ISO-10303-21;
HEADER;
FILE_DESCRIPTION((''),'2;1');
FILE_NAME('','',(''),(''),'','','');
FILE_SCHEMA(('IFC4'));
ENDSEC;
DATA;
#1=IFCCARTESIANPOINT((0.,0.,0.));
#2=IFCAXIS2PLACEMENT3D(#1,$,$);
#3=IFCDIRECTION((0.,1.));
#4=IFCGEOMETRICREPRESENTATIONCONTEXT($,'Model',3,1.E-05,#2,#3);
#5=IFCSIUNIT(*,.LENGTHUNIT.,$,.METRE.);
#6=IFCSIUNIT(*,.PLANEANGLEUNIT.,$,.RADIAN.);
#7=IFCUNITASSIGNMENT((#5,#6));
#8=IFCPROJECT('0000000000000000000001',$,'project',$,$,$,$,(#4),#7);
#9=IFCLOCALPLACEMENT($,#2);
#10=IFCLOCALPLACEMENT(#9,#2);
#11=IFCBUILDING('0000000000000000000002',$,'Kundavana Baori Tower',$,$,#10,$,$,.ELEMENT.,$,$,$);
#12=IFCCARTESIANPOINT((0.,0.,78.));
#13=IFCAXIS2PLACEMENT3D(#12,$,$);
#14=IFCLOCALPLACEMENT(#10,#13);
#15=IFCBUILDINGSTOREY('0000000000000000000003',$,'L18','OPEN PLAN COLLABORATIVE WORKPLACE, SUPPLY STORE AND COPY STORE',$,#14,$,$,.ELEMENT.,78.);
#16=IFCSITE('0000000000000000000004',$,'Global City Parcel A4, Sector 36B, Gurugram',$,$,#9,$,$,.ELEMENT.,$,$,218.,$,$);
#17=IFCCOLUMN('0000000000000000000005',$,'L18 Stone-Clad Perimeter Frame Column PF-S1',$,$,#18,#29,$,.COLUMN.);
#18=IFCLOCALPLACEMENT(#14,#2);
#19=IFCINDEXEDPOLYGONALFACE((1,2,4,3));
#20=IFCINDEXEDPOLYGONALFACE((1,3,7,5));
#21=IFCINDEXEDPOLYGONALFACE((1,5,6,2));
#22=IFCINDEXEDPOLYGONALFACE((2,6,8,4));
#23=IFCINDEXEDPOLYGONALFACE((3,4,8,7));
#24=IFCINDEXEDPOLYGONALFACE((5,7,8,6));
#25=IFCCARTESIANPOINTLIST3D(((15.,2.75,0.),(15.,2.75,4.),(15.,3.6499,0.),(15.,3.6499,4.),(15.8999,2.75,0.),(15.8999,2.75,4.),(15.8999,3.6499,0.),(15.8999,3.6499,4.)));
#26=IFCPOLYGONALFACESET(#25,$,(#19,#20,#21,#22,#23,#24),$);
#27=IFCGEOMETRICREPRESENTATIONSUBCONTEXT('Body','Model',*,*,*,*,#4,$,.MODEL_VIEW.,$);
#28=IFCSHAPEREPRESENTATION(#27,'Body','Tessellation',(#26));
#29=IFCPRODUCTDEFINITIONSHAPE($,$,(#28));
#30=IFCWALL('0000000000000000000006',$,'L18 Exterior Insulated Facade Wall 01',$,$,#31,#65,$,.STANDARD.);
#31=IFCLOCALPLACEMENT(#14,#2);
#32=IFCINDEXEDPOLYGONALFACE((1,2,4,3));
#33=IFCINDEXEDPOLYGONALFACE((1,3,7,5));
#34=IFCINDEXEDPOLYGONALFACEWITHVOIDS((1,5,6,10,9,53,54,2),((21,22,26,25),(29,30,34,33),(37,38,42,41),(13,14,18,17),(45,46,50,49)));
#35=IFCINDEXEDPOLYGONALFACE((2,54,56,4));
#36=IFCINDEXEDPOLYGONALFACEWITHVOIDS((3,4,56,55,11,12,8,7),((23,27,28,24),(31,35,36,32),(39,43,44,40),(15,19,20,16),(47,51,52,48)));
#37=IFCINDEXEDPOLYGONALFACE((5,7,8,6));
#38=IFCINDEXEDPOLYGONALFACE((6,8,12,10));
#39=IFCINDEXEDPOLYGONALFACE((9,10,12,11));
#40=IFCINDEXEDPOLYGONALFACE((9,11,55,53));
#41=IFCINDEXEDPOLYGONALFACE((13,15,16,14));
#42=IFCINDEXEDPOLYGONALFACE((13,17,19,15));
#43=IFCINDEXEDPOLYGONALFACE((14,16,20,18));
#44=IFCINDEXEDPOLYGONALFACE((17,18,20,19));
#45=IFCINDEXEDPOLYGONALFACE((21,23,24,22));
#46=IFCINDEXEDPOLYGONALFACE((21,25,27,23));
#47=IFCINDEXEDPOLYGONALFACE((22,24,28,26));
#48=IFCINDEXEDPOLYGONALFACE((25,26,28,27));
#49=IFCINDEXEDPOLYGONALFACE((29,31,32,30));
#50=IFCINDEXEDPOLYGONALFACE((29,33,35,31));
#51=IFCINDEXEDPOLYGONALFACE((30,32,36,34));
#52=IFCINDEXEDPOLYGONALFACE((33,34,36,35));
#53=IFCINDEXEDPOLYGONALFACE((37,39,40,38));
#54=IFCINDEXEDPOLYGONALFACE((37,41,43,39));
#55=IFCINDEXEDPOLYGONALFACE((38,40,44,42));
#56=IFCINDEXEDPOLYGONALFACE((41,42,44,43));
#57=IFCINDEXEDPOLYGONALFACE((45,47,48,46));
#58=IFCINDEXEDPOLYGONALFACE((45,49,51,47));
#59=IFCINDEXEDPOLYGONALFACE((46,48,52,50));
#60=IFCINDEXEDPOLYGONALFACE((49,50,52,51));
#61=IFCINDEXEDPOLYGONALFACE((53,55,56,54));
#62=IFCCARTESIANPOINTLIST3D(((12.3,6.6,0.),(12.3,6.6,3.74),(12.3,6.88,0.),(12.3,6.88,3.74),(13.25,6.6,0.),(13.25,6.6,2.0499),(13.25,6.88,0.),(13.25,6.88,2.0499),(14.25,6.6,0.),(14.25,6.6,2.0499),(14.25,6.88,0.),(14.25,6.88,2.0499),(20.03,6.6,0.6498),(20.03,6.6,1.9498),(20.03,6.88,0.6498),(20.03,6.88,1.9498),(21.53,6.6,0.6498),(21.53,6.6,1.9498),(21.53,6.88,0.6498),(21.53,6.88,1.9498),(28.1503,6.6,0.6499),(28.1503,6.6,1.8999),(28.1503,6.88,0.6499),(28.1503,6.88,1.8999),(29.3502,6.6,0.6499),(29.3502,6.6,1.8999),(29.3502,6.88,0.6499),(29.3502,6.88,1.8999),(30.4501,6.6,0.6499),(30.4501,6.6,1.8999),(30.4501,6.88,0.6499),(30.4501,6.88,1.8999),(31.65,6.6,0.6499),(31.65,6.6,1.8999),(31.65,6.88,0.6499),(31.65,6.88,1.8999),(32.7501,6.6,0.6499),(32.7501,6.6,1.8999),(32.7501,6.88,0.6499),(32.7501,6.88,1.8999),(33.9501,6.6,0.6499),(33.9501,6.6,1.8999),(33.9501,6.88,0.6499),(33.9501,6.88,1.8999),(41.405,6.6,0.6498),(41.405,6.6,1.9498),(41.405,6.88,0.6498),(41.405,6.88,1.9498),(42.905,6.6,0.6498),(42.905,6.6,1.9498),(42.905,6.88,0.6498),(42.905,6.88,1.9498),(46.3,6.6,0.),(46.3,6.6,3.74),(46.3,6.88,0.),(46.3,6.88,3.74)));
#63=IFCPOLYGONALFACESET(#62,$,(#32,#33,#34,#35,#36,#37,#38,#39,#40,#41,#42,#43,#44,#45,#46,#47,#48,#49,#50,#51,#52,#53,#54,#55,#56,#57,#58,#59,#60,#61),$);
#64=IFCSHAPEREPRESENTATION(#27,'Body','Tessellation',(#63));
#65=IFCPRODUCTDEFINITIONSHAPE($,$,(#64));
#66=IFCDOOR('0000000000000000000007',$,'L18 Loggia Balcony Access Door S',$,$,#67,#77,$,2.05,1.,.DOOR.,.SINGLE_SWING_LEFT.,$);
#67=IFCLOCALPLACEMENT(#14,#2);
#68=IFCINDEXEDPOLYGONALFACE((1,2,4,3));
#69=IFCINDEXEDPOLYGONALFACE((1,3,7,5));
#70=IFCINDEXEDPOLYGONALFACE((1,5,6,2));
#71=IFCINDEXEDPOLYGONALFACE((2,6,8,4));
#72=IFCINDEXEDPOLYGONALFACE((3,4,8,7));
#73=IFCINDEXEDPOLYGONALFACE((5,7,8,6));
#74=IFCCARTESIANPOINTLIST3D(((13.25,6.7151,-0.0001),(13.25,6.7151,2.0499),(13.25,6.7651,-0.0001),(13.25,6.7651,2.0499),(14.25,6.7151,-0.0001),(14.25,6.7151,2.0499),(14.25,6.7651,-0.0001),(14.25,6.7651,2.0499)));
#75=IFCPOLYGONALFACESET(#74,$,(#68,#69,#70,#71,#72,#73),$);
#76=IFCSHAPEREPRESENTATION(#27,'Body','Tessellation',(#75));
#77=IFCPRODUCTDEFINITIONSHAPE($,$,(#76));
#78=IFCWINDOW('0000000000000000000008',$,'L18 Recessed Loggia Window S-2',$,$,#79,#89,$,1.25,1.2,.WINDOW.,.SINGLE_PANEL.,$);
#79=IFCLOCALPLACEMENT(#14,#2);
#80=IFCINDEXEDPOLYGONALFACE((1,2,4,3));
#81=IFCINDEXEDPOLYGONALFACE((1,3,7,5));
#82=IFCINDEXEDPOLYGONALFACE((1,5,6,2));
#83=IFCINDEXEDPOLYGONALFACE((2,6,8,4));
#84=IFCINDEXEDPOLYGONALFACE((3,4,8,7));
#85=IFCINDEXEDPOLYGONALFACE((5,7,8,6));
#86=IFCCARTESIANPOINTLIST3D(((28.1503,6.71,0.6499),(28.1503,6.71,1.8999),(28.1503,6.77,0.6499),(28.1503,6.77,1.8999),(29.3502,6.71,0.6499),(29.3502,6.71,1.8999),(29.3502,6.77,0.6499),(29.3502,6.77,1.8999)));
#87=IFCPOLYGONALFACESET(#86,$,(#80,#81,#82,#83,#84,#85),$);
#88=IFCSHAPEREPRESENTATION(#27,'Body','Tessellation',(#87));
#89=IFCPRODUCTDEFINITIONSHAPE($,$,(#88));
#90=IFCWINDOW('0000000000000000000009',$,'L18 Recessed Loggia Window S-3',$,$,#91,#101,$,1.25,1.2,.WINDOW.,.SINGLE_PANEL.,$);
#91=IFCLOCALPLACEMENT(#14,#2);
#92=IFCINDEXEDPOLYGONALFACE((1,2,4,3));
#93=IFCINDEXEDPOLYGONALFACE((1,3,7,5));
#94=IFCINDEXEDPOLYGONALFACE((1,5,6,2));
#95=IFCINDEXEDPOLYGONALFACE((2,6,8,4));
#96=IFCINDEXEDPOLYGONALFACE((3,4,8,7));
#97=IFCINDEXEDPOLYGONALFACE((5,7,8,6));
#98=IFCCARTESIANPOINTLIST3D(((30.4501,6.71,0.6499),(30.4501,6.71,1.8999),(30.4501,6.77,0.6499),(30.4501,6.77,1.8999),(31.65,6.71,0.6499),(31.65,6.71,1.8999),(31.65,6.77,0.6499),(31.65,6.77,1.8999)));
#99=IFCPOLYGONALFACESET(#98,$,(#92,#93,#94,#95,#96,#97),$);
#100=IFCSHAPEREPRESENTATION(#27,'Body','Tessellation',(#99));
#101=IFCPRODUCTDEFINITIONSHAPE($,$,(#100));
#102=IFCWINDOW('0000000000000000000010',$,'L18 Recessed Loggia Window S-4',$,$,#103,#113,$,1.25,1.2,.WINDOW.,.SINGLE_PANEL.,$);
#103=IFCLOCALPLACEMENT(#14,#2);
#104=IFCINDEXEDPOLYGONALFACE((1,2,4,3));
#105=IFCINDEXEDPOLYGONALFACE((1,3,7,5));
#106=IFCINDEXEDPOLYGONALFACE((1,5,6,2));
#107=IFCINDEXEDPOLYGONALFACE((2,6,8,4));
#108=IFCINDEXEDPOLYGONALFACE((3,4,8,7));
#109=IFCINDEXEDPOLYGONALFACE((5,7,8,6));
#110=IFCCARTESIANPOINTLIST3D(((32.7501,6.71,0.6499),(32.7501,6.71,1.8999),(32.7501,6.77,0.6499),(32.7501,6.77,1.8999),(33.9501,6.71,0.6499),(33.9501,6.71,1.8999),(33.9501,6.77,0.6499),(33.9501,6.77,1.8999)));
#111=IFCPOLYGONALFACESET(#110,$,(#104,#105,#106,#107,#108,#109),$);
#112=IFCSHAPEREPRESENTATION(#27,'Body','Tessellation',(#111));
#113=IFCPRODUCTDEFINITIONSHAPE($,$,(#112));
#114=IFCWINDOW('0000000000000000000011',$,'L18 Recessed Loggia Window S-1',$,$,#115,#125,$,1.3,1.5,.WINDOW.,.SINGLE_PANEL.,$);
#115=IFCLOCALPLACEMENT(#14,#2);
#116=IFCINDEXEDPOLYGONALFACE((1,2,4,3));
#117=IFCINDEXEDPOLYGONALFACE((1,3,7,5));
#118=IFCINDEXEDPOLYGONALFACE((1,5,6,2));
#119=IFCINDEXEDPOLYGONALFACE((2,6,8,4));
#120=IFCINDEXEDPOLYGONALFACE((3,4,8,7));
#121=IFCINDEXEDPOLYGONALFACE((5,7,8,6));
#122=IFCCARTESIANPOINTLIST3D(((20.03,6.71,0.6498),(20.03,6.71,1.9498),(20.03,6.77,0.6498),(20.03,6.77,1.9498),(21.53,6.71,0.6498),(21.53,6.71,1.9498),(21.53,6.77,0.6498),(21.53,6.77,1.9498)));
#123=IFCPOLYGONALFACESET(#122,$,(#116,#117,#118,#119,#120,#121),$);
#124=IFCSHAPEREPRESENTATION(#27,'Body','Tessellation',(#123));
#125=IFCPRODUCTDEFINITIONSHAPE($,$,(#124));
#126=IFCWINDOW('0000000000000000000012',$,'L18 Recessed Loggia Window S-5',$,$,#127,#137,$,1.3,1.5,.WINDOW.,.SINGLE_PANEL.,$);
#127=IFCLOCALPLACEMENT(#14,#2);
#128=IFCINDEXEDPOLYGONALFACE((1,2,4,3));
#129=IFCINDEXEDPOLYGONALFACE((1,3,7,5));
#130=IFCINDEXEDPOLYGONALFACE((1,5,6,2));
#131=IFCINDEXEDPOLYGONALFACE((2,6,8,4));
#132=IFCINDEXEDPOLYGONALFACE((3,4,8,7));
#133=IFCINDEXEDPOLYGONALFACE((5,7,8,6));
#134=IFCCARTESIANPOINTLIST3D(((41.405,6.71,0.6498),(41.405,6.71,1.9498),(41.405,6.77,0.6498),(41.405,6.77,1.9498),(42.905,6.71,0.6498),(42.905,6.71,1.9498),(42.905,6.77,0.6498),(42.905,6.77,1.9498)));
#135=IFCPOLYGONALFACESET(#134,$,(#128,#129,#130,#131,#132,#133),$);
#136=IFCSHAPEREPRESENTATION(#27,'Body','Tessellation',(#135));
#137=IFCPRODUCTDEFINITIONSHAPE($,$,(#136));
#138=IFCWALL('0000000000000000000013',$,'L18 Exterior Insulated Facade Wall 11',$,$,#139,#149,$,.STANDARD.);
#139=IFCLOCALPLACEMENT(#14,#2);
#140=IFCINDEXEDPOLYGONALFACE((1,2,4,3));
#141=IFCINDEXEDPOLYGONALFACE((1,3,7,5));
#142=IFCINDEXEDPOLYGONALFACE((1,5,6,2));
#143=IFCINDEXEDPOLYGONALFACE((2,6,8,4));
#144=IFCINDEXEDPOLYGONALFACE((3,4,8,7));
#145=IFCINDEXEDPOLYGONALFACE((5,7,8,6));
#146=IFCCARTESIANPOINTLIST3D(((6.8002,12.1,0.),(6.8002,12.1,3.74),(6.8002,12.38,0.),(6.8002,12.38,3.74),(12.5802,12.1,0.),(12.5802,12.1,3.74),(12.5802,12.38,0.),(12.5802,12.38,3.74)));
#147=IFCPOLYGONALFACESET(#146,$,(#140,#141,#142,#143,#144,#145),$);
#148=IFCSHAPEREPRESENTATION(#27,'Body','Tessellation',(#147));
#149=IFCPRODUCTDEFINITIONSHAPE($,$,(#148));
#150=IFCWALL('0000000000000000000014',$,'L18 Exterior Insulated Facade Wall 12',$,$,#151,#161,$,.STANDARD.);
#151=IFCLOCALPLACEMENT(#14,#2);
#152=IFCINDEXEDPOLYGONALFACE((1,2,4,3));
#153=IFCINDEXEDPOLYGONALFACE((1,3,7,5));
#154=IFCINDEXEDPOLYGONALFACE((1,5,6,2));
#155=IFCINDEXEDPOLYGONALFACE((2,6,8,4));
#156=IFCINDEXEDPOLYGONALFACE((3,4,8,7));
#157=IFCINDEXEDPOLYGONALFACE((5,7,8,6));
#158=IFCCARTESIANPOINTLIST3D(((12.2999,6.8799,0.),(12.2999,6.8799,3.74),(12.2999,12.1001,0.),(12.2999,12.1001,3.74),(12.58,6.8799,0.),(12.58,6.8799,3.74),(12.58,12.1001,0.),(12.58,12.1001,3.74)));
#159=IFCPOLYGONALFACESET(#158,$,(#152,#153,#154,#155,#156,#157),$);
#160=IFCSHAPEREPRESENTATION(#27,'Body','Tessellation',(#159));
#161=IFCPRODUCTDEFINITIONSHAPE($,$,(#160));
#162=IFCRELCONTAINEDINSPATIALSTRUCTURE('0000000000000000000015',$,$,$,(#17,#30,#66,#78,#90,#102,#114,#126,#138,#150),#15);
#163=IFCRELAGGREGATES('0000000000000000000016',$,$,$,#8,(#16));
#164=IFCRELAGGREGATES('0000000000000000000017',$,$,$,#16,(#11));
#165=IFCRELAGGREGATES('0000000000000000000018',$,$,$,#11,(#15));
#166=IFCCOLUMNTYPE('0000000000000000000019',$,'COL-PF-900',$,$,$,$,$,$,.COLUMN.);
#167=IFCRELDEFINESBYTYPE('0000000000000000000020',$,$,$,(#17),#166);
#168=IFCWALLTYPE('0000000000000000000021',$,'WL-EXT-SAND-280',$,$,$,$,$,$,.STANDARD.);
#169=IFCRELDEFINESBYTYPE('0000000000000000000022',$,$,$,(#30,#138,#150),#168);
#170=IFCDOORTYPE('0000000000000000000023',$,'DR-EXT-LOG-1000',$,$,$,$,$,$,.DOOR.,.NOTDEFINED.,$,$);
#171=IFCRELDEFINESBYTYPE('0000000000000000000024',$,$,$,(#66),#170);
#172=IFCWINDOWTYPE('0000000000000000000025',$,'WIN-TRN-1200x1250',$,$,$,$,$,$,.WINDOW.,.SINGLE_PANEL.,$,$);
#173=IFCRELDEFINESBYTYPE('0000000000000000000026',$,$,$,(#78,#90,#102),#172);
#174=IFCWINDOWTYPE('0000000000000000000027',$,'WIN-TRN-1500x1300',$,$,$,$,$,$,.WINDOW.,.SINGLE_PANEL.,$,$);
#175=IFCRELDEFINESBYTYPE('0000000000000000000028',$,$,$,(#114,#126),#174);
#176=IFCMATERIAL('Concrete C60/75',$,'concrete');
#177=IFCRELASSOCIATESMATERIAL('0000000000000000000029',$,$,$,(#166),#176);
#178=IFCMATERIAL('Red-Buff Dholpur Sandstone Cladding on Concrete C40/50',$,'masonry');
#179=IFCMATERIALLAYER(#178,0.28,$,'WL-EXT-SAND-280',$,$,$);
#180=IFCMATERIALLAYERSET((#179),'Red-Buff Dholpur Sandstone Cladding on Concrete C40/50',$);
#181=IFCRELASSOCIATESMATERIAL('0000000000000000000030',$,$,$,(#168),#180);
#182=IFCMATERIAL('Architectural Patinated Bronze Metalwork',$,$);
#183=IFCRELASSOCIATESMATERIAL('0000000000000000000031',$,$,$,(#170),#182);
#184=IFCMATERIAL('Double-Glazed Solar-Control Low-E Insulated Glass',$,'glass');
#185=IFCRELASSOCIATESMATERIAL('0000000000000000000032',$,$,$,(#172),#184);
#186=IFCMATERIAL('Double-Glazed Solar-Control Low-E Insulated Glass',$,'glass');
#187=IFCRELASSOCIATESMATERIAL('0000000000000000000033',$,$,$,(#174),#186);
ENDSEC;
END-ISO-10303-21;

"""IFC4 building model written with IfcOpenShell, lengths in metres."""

from ifc_helpers import new_model, si_unit, direction, frame, frame_2d, origin, origin_2d, place, context, subcontext, project, spatial, rectangle, extrude, material, layer, layer_set, material_profile, profile_set, type_object, element, fill, save


model = new_model("IFC4")

# Units and contexts
model_context = context("Model", 3, precision=1e-05, world=origin(), true_north=direction((0.0, 1.0)))
body_context = subcontext(model_context, "Body", "Model", "MODEL_VIEW")
ifc_project = project(units=[si_unit("LENGTHUNIT", "METRE"), si_unit("PLANEANGLEUNIT", "RADIAN")], contexts=[model_context])

# Site, building, storey
site_placement = place(None, origin())
site = spatial("IfcSite", under=ifc_project, at=site_placement, Name="Global City Parcel A4, Sector 36B, Gurugram", CompositionType="ELEMENT", RefElevation=218.0)
building_placement = place(site_placement, origin())
building = spatial("IfcBuilding", under=site, at=building_placement, Name="Kundavana Baori Tower", CompositionType="ELEMENT")
storey_placement = place(building_placement, frame((0.0, 0.0, 78.0)))
storey = spatial("IfcBuildingStorey", under=building, at=storey_placement, Name="L18", Description="OPEN PLAN COLLABORATIVE WORKPLACE, SUPPLY STORE AND COPY STORE", CompositionType="ELEMENT", Elevation=78.0)

# Column
ifc_material_1 = material(Name="Concrete C60/75", Category="concrete")
ifc_material_profile = material_profile(ifc_material_1, rectangle(XDim=0.8999, YDim=0.8999, at=origin_2d()), Name="RC PF 900x900")
ifc_profile_set = profile_set([ifc_material_profile], Name="Concrete C60/75")
column_type = type_object("IfcColumnType", Name="COL-PF-900", PredefinedType="COLUMN", material=ifc_profile_set)
column_placement = place(storey_placement, frame((15.45, 3.2, 0.0), z_axis=(0.0, 0.0, 1.0), x_axis=(1.0, 0.0, 0.0)))
element("IfcColumn", 1, at=column_placement, inside=storey, type_object=column_type, Name="L18 Stone-Clad Perimeter Frame Column PF-S1", PredefinedType="COLUMN", context=body_context, shape_type="SweptSolid", body=[
    extrude(rectangle(XDim=0.8999, YDim=0.8999, at=origin_2d()), origin(), (0.0, 0.0, 1.0), 4.0),
])

# Wall, openings, door, windows
ifc_material_2 = material(Name="Red-Buff Dholpur Sandstone Cladding on Concrete C40/50", Category="masonry")
ifc_layer_1 = layer(ifc_material_2, 0.28, Name="WL-EXT-SAND-280")
ifc_layer_set_1 = layer_set([ifc_layer_1], Name="Red-Buff Dholpur Sandstone Cladding on Concrete C40/50")
wall_type_1 = type_object("IfcWallType", Name="WL-EXT-SAND-280", PredefinedType="STANDARD", material=ifc_layer_set_1)
wall_1_placement = place(storey_placement, frame((12.3, 6.74, 0.0), z_axis=(0.0, 0.0, 1.0), x_axis=(1.0, 0.0, 0.0)))
wall_1 = element("IfcWall", 2, at=wall_1_placement, inside=storey, type_object=wall_type_1, Name="L18 Exterior Insulated Facade Wall 01", PredefinedType="STANDARD", context=body_context, shape_type="SweptSolid", body=[
    extrude(rectangle(XDim=34.0, YDim=0.28, at=frame_2d((17.0, 0.0))), origin(), (0.0, 0.0, 1.0), 3.74),
])
opening_1_placement = place(wall_1_placement, frame((0.95, 0.0, 0.0)))
opening_1 = element("IfcOpeningElement", 3, at=opening_1_placement, cuts=wall_1, PredefinedType="OPENING", context=body_context, shape_type="SweptSolid", body=[
    extrude(rectangle(XDim=1.0, YDim=2.05, at=frame_2d((0.5, 1.0249))), frame((0.0, 0.1499, 0.0), z_axis=(0.0, -1.0, 0.0), x_axis=(1.0, 0.0, 0.0)), (0.0, 0.0, 1.0), 0.3),
])
opening_2_placement = place(wall_1_placement, frame((7.73, 0.0, 0.6499)))
opening_2 = element("IfcOpeningElement", 4, at=opening_2_placement, cuts=wall_1, PredefinedType="OPENING", context=body_context, shape_type="SweptSolid", body=[
    extrude(rectangle(XDim=1.5, YDim=1.3, at=frame_2d((0.75, 0.6499))), frame((0.0, 0.1499, 0.0), z_axis=(0.0, -1.0, 0.0), x_axis=(1.0, 0.0, 0.0)), (0.0, 0.0, 1.0), 0.3),
])
opening_3_placement = place(wall_1_placement, frame((15.8501, 0.0, 0.6499)))
opening_3 = element("IfcOpeningElement", 5, at=opening_3_placement, cuts=wall_1, PredefinedType="OPENING", context=body_context, shape_type="SweptSolid", body=[
    extrude(rectangle(XDim=1.2, YDim=1.25, at=frame_2d((0.6001, 0.625))), frame((0.0, 0.1499, 0.0), z_axis=(0.0, -1.0, 0.0), x_axis=(1.0, 0.0, 0.0)), (0.0, 0.0, 1.0), 0.3),
])
opening_4_placement = place(wall_1_placement, frame((18.1499, 0.0, 0.6499)))
opening_4 = element("IfcOpeningElement", 6, at=opening_4_placement, cuts=wall_1, PredefinedType="OPENING", context=body_context, shape_type="SweptSolid", body=[
    extrude(rectangle(XDim=1.2, YDim=1.25, at=frame_2d((0.6001, 0.625))), frame((0.0, 0.1499, 0.0), z_axis=(0.0, -1.0, 0.0), x_axis=(1.0, 0.0, 0.0)), (0.0, 0.0, 1.0), 0.3),
])
opening_5_placement = place(wall_1_placement, frame((20.45, 0.0, 0.6499)))
opening_5 = element("IfcOpeningElement", 7, at=opening_5_placement, cuts=wall_1, PredefinedType="OPENING", context=body_context, shape_type="SweptSolid", body=[
    extrude(rectangle(XDim=1.2, YDim=1.25, at=frame_2d((0.6001, 0.625))), frame((0.0, 0.1499, 0.0), z_axis=(0.0, -1.0, 0.0), x_axis=(1.0, 0.0, 0.0)), (0.0, 0.0, 1.0), 0.3),
])
opening_6_placement = place(wall_1_placement, frame((29.105, 0.0, 0.6499)))
opening_6 = element("IfcOpeningElement", 8, at=opening_6_placement, cuts=wall_1, PredefinedType="OPENING", context=body_context, shape_type="SweptSolid", body=[
    extrude(rectangle(XDim=1.5, YDim=1.3, at=frame_2d((0.75, 0.6499))), frame((0.0, 0.1499, 0.0), z_axis=(0.0, -1.0, 0.0), x_axis=(1.0, 0.0, 0.0)), (0.0, 0.0, 1.0), 0.3),
])
ifc_material_3 = material(Name="Architectural Patinated Bronze Metalwork")
door_type_1 = type_object("IfcDoorType", Name="DR-EXT-LOG-1000", OperationType="NOTDEFINED", PredefinedType="DOOR", material=ifc_material_3)
door_1_placement = place(opening_1_placement, frame((1.0, 0.0, 0.0), z_axis=(0.0, 0.0, 1.0), x_axis=(-1.0, 0.0, 0.0)))
door_1 = element("IfcDoor", 9, at=door_1_placement, inside=storey, type_object=door_type_1, Name="L18 Loggia Balcony Access Door S", OperationType="SINGLE_SWING_LEFT", OverallHeight=2.05, OverallWidth=1.0, PredefinedType="DOOR", context=body_context, shape_type="SweptSolid", body=[
    extrude(rectangle(XDim=1.0, YDim=2.05, at=frame_2d((0.5, 1.0249))), frame((0.0, 0.0249, 0.0), z_axis=(0.0, -1.0, 0.0), x_axis=(1.0, 0.0, 0.0)), (0.0, 0.0, 1.0), 0.05),
])
fill(opening_1, door_1)
ifc_material_4 = material(Name="Double-Glazed Solar-Control Low-E Insulated Glass", Category="glass")
window_type_1 = type_object("IfcWindowType", Name="WIN-TRN-1200x1250", PartitioningType="SINGLE_PANEL", PredefinedType="WINDOW", material=ifc_material_4)
window_1_placement = place(opening_3_placement, origin())
window_1 = element("IfcWindow", 10, at=window_1_placement, inside=storey, type_object=window_type_1, Name="L18 Recessed Loggia Window S-2", OverallHeight=1.25, OverallWidth=1.2, PartitioningType="SINGLE_PANEL", PredefinedType="WINDOW", context=body_context, shape_type="SweptSolid", body=[
    extrude(rectangle(XDim=1.2, YDim=1.25, at=frame_2d((0.6001, 0.625))), frame((0.0, 0.03, 0.0), z_axis=(0.0, -1.0, 0.0), x_axis=(1.0, 0.0, 0.0)), (0.0, 0.0, 1.0), 0.0601),
])
fill(opening_3, window_1)
window_2_placement = place(opening_4_placement, origin())
window_2 = element("IfcWindow", 11, at=window_2_placement, inside=storey, type_object=window_type_1, Name="L18 Recessed Loggia Window S-3", OverallHeight=1.25, OverallWidth=1.2, PartitioningType="SINGLE_PANEL", PredefinedType="WINDOW", context=body_context, shape_type="SweptSolid", body=[
    extrude(rectangle(XDim=1.2, YDim=1.25, at=frame_2d((0.6001, 0.625))), frame((0.0, 0.03, 0.0), z_axis=(0.0, -1.0, 0.0), x_axis=(1.0, 0.0, 0.0)), (0.0, 0.0, 1.0), 0.0601),
])
fill(opening_4, window_2)
window_3_placement = place(opening_5_placement, origin())
window_3 = element("IfcWindow", 12, at=window_3_placement, inside=storey, type_object=window_type_1, Name="L18 Recessed Loggia Window S-4", OverallHeight=1.25, OverallWidth=1.2, PartitioningType="SINGLE_PANEL", PredefinedType="WINDOW", context=body_context, shape_type="SweptSolid", body=[
    extrude(rectangle(XDim=1.2, YDim=1.25, at=frame_2d((0.6001, 0.625))), frame((0.0, 0.03, 0.0), z_axis=(0.0, -1.0, 0.0), x_axis=(1.0, 0.0, 0.0)), (0.0, 0.0, 1.0), 0.0601),
])
fill(opening_5, window_3)
ifc_material_5 = material(Name="Double-Glazed Solar-Control Low-E Insulated Glass", Category="glass")
window_type_2 = type_object("IfcWindowType", Name="WIN-TRN-1500x1300", PartitioningType="SINGLE_PANEL", PredefinedType="WINDOW", material=ifc_material_5)
window_4_placement = place(opening_2_placement, origin())
window_4 = element("IfcWindow", 13, at=window_4_placement, inside=storey, type_object=window_type_2, Name="L18 Recessed Loggia Window S-1", OverallHeight=1.3, OverallWidth=1.5, PartitioningType="SINGLE_PANEL", PredefinedType="WINDOW", context=body_context, shape_type="SweptSolid", body=[
    extrude(rectangle(XDim=1.5, YDim=1.3, at=frame_2d((0.75, 0.6499))), frame((0.0, 0.03, 0.0), z_axis=(0.0, -1.0, 0.0), x_axis=(1.0, 0.0, 0.0)), (0.0, 0.0, 1.0), 0.0601),
])
fill(opening_2, window_4)
window_5_placement = place(opening_6_placement, origin())
window_5 = element("IfcWindow", 14, at=window_5_placement, inside=storey, type_object=window_type_2, Name="L18 Recessed Loggia Window S-5", OverallHeight=1.3, OverallWidth=1.5, PartitioningType="SINGLE_PANEL", PredefinedType="WINDOW", context=body_context, shape_type="SweptSolid", body=[
    extrude(rectangle(XDim=1.5, YDim=1.3, at=frame_2d((0.75, 0.6499))), frame((0.0, 0.03, 0.0), z_axis=(0.0, -1.0, 0.0), x_axis=(1.0, 0.0, 0.0)), (0.0, 0.0, 1.0), 0.0601),
])
fill(opening_6, window_5)

# Walls
wall_2_placement = place(storey_placement, frame((6.8, 12.24, 0.0), z_axis=(0.0, 0.0, 1.0), x_axis=(1.0, 0.0, 0.0)))
element("IfcWall", 15, at=wall_2_placement, inside=storey, type_object=wall_type_1, Name="L18 Exterior Insulated Facade Wall 11", PredefinedType="STANDARD", context=body_context, shape_type="SweptSolid", body=[
    extrude(rectangle(XDim=5.78, YDim=0.28, at=frame_2d((2.8901, 0.0))), origin(), (0.0, 0.0, 1.0), 3.74),
])
wall_3_placement = place(storey_placement, frame((12.4399, 12.1001, 0.0), z_axis=(0.0, 0.0, 1.0), x_axis=(0.0, -1.0, 0.0)))
element("IfcWall", 16, at=wall_3_placement, inside=storey, type_object=wall_type_1, Name="L18 Exterior Insulated Facade Wall 12", PredefinedType="STANDARD", context=body_context, shape_type="SweptSolid", body=[
    extrude(rectangle(XDim=5.2202, YDim=0.28, at=frame_2d((2.6101, 0.0))), origin(), (0.0, 0.0, 1.0), 3.74),
])

save(model, "model.ifc")
